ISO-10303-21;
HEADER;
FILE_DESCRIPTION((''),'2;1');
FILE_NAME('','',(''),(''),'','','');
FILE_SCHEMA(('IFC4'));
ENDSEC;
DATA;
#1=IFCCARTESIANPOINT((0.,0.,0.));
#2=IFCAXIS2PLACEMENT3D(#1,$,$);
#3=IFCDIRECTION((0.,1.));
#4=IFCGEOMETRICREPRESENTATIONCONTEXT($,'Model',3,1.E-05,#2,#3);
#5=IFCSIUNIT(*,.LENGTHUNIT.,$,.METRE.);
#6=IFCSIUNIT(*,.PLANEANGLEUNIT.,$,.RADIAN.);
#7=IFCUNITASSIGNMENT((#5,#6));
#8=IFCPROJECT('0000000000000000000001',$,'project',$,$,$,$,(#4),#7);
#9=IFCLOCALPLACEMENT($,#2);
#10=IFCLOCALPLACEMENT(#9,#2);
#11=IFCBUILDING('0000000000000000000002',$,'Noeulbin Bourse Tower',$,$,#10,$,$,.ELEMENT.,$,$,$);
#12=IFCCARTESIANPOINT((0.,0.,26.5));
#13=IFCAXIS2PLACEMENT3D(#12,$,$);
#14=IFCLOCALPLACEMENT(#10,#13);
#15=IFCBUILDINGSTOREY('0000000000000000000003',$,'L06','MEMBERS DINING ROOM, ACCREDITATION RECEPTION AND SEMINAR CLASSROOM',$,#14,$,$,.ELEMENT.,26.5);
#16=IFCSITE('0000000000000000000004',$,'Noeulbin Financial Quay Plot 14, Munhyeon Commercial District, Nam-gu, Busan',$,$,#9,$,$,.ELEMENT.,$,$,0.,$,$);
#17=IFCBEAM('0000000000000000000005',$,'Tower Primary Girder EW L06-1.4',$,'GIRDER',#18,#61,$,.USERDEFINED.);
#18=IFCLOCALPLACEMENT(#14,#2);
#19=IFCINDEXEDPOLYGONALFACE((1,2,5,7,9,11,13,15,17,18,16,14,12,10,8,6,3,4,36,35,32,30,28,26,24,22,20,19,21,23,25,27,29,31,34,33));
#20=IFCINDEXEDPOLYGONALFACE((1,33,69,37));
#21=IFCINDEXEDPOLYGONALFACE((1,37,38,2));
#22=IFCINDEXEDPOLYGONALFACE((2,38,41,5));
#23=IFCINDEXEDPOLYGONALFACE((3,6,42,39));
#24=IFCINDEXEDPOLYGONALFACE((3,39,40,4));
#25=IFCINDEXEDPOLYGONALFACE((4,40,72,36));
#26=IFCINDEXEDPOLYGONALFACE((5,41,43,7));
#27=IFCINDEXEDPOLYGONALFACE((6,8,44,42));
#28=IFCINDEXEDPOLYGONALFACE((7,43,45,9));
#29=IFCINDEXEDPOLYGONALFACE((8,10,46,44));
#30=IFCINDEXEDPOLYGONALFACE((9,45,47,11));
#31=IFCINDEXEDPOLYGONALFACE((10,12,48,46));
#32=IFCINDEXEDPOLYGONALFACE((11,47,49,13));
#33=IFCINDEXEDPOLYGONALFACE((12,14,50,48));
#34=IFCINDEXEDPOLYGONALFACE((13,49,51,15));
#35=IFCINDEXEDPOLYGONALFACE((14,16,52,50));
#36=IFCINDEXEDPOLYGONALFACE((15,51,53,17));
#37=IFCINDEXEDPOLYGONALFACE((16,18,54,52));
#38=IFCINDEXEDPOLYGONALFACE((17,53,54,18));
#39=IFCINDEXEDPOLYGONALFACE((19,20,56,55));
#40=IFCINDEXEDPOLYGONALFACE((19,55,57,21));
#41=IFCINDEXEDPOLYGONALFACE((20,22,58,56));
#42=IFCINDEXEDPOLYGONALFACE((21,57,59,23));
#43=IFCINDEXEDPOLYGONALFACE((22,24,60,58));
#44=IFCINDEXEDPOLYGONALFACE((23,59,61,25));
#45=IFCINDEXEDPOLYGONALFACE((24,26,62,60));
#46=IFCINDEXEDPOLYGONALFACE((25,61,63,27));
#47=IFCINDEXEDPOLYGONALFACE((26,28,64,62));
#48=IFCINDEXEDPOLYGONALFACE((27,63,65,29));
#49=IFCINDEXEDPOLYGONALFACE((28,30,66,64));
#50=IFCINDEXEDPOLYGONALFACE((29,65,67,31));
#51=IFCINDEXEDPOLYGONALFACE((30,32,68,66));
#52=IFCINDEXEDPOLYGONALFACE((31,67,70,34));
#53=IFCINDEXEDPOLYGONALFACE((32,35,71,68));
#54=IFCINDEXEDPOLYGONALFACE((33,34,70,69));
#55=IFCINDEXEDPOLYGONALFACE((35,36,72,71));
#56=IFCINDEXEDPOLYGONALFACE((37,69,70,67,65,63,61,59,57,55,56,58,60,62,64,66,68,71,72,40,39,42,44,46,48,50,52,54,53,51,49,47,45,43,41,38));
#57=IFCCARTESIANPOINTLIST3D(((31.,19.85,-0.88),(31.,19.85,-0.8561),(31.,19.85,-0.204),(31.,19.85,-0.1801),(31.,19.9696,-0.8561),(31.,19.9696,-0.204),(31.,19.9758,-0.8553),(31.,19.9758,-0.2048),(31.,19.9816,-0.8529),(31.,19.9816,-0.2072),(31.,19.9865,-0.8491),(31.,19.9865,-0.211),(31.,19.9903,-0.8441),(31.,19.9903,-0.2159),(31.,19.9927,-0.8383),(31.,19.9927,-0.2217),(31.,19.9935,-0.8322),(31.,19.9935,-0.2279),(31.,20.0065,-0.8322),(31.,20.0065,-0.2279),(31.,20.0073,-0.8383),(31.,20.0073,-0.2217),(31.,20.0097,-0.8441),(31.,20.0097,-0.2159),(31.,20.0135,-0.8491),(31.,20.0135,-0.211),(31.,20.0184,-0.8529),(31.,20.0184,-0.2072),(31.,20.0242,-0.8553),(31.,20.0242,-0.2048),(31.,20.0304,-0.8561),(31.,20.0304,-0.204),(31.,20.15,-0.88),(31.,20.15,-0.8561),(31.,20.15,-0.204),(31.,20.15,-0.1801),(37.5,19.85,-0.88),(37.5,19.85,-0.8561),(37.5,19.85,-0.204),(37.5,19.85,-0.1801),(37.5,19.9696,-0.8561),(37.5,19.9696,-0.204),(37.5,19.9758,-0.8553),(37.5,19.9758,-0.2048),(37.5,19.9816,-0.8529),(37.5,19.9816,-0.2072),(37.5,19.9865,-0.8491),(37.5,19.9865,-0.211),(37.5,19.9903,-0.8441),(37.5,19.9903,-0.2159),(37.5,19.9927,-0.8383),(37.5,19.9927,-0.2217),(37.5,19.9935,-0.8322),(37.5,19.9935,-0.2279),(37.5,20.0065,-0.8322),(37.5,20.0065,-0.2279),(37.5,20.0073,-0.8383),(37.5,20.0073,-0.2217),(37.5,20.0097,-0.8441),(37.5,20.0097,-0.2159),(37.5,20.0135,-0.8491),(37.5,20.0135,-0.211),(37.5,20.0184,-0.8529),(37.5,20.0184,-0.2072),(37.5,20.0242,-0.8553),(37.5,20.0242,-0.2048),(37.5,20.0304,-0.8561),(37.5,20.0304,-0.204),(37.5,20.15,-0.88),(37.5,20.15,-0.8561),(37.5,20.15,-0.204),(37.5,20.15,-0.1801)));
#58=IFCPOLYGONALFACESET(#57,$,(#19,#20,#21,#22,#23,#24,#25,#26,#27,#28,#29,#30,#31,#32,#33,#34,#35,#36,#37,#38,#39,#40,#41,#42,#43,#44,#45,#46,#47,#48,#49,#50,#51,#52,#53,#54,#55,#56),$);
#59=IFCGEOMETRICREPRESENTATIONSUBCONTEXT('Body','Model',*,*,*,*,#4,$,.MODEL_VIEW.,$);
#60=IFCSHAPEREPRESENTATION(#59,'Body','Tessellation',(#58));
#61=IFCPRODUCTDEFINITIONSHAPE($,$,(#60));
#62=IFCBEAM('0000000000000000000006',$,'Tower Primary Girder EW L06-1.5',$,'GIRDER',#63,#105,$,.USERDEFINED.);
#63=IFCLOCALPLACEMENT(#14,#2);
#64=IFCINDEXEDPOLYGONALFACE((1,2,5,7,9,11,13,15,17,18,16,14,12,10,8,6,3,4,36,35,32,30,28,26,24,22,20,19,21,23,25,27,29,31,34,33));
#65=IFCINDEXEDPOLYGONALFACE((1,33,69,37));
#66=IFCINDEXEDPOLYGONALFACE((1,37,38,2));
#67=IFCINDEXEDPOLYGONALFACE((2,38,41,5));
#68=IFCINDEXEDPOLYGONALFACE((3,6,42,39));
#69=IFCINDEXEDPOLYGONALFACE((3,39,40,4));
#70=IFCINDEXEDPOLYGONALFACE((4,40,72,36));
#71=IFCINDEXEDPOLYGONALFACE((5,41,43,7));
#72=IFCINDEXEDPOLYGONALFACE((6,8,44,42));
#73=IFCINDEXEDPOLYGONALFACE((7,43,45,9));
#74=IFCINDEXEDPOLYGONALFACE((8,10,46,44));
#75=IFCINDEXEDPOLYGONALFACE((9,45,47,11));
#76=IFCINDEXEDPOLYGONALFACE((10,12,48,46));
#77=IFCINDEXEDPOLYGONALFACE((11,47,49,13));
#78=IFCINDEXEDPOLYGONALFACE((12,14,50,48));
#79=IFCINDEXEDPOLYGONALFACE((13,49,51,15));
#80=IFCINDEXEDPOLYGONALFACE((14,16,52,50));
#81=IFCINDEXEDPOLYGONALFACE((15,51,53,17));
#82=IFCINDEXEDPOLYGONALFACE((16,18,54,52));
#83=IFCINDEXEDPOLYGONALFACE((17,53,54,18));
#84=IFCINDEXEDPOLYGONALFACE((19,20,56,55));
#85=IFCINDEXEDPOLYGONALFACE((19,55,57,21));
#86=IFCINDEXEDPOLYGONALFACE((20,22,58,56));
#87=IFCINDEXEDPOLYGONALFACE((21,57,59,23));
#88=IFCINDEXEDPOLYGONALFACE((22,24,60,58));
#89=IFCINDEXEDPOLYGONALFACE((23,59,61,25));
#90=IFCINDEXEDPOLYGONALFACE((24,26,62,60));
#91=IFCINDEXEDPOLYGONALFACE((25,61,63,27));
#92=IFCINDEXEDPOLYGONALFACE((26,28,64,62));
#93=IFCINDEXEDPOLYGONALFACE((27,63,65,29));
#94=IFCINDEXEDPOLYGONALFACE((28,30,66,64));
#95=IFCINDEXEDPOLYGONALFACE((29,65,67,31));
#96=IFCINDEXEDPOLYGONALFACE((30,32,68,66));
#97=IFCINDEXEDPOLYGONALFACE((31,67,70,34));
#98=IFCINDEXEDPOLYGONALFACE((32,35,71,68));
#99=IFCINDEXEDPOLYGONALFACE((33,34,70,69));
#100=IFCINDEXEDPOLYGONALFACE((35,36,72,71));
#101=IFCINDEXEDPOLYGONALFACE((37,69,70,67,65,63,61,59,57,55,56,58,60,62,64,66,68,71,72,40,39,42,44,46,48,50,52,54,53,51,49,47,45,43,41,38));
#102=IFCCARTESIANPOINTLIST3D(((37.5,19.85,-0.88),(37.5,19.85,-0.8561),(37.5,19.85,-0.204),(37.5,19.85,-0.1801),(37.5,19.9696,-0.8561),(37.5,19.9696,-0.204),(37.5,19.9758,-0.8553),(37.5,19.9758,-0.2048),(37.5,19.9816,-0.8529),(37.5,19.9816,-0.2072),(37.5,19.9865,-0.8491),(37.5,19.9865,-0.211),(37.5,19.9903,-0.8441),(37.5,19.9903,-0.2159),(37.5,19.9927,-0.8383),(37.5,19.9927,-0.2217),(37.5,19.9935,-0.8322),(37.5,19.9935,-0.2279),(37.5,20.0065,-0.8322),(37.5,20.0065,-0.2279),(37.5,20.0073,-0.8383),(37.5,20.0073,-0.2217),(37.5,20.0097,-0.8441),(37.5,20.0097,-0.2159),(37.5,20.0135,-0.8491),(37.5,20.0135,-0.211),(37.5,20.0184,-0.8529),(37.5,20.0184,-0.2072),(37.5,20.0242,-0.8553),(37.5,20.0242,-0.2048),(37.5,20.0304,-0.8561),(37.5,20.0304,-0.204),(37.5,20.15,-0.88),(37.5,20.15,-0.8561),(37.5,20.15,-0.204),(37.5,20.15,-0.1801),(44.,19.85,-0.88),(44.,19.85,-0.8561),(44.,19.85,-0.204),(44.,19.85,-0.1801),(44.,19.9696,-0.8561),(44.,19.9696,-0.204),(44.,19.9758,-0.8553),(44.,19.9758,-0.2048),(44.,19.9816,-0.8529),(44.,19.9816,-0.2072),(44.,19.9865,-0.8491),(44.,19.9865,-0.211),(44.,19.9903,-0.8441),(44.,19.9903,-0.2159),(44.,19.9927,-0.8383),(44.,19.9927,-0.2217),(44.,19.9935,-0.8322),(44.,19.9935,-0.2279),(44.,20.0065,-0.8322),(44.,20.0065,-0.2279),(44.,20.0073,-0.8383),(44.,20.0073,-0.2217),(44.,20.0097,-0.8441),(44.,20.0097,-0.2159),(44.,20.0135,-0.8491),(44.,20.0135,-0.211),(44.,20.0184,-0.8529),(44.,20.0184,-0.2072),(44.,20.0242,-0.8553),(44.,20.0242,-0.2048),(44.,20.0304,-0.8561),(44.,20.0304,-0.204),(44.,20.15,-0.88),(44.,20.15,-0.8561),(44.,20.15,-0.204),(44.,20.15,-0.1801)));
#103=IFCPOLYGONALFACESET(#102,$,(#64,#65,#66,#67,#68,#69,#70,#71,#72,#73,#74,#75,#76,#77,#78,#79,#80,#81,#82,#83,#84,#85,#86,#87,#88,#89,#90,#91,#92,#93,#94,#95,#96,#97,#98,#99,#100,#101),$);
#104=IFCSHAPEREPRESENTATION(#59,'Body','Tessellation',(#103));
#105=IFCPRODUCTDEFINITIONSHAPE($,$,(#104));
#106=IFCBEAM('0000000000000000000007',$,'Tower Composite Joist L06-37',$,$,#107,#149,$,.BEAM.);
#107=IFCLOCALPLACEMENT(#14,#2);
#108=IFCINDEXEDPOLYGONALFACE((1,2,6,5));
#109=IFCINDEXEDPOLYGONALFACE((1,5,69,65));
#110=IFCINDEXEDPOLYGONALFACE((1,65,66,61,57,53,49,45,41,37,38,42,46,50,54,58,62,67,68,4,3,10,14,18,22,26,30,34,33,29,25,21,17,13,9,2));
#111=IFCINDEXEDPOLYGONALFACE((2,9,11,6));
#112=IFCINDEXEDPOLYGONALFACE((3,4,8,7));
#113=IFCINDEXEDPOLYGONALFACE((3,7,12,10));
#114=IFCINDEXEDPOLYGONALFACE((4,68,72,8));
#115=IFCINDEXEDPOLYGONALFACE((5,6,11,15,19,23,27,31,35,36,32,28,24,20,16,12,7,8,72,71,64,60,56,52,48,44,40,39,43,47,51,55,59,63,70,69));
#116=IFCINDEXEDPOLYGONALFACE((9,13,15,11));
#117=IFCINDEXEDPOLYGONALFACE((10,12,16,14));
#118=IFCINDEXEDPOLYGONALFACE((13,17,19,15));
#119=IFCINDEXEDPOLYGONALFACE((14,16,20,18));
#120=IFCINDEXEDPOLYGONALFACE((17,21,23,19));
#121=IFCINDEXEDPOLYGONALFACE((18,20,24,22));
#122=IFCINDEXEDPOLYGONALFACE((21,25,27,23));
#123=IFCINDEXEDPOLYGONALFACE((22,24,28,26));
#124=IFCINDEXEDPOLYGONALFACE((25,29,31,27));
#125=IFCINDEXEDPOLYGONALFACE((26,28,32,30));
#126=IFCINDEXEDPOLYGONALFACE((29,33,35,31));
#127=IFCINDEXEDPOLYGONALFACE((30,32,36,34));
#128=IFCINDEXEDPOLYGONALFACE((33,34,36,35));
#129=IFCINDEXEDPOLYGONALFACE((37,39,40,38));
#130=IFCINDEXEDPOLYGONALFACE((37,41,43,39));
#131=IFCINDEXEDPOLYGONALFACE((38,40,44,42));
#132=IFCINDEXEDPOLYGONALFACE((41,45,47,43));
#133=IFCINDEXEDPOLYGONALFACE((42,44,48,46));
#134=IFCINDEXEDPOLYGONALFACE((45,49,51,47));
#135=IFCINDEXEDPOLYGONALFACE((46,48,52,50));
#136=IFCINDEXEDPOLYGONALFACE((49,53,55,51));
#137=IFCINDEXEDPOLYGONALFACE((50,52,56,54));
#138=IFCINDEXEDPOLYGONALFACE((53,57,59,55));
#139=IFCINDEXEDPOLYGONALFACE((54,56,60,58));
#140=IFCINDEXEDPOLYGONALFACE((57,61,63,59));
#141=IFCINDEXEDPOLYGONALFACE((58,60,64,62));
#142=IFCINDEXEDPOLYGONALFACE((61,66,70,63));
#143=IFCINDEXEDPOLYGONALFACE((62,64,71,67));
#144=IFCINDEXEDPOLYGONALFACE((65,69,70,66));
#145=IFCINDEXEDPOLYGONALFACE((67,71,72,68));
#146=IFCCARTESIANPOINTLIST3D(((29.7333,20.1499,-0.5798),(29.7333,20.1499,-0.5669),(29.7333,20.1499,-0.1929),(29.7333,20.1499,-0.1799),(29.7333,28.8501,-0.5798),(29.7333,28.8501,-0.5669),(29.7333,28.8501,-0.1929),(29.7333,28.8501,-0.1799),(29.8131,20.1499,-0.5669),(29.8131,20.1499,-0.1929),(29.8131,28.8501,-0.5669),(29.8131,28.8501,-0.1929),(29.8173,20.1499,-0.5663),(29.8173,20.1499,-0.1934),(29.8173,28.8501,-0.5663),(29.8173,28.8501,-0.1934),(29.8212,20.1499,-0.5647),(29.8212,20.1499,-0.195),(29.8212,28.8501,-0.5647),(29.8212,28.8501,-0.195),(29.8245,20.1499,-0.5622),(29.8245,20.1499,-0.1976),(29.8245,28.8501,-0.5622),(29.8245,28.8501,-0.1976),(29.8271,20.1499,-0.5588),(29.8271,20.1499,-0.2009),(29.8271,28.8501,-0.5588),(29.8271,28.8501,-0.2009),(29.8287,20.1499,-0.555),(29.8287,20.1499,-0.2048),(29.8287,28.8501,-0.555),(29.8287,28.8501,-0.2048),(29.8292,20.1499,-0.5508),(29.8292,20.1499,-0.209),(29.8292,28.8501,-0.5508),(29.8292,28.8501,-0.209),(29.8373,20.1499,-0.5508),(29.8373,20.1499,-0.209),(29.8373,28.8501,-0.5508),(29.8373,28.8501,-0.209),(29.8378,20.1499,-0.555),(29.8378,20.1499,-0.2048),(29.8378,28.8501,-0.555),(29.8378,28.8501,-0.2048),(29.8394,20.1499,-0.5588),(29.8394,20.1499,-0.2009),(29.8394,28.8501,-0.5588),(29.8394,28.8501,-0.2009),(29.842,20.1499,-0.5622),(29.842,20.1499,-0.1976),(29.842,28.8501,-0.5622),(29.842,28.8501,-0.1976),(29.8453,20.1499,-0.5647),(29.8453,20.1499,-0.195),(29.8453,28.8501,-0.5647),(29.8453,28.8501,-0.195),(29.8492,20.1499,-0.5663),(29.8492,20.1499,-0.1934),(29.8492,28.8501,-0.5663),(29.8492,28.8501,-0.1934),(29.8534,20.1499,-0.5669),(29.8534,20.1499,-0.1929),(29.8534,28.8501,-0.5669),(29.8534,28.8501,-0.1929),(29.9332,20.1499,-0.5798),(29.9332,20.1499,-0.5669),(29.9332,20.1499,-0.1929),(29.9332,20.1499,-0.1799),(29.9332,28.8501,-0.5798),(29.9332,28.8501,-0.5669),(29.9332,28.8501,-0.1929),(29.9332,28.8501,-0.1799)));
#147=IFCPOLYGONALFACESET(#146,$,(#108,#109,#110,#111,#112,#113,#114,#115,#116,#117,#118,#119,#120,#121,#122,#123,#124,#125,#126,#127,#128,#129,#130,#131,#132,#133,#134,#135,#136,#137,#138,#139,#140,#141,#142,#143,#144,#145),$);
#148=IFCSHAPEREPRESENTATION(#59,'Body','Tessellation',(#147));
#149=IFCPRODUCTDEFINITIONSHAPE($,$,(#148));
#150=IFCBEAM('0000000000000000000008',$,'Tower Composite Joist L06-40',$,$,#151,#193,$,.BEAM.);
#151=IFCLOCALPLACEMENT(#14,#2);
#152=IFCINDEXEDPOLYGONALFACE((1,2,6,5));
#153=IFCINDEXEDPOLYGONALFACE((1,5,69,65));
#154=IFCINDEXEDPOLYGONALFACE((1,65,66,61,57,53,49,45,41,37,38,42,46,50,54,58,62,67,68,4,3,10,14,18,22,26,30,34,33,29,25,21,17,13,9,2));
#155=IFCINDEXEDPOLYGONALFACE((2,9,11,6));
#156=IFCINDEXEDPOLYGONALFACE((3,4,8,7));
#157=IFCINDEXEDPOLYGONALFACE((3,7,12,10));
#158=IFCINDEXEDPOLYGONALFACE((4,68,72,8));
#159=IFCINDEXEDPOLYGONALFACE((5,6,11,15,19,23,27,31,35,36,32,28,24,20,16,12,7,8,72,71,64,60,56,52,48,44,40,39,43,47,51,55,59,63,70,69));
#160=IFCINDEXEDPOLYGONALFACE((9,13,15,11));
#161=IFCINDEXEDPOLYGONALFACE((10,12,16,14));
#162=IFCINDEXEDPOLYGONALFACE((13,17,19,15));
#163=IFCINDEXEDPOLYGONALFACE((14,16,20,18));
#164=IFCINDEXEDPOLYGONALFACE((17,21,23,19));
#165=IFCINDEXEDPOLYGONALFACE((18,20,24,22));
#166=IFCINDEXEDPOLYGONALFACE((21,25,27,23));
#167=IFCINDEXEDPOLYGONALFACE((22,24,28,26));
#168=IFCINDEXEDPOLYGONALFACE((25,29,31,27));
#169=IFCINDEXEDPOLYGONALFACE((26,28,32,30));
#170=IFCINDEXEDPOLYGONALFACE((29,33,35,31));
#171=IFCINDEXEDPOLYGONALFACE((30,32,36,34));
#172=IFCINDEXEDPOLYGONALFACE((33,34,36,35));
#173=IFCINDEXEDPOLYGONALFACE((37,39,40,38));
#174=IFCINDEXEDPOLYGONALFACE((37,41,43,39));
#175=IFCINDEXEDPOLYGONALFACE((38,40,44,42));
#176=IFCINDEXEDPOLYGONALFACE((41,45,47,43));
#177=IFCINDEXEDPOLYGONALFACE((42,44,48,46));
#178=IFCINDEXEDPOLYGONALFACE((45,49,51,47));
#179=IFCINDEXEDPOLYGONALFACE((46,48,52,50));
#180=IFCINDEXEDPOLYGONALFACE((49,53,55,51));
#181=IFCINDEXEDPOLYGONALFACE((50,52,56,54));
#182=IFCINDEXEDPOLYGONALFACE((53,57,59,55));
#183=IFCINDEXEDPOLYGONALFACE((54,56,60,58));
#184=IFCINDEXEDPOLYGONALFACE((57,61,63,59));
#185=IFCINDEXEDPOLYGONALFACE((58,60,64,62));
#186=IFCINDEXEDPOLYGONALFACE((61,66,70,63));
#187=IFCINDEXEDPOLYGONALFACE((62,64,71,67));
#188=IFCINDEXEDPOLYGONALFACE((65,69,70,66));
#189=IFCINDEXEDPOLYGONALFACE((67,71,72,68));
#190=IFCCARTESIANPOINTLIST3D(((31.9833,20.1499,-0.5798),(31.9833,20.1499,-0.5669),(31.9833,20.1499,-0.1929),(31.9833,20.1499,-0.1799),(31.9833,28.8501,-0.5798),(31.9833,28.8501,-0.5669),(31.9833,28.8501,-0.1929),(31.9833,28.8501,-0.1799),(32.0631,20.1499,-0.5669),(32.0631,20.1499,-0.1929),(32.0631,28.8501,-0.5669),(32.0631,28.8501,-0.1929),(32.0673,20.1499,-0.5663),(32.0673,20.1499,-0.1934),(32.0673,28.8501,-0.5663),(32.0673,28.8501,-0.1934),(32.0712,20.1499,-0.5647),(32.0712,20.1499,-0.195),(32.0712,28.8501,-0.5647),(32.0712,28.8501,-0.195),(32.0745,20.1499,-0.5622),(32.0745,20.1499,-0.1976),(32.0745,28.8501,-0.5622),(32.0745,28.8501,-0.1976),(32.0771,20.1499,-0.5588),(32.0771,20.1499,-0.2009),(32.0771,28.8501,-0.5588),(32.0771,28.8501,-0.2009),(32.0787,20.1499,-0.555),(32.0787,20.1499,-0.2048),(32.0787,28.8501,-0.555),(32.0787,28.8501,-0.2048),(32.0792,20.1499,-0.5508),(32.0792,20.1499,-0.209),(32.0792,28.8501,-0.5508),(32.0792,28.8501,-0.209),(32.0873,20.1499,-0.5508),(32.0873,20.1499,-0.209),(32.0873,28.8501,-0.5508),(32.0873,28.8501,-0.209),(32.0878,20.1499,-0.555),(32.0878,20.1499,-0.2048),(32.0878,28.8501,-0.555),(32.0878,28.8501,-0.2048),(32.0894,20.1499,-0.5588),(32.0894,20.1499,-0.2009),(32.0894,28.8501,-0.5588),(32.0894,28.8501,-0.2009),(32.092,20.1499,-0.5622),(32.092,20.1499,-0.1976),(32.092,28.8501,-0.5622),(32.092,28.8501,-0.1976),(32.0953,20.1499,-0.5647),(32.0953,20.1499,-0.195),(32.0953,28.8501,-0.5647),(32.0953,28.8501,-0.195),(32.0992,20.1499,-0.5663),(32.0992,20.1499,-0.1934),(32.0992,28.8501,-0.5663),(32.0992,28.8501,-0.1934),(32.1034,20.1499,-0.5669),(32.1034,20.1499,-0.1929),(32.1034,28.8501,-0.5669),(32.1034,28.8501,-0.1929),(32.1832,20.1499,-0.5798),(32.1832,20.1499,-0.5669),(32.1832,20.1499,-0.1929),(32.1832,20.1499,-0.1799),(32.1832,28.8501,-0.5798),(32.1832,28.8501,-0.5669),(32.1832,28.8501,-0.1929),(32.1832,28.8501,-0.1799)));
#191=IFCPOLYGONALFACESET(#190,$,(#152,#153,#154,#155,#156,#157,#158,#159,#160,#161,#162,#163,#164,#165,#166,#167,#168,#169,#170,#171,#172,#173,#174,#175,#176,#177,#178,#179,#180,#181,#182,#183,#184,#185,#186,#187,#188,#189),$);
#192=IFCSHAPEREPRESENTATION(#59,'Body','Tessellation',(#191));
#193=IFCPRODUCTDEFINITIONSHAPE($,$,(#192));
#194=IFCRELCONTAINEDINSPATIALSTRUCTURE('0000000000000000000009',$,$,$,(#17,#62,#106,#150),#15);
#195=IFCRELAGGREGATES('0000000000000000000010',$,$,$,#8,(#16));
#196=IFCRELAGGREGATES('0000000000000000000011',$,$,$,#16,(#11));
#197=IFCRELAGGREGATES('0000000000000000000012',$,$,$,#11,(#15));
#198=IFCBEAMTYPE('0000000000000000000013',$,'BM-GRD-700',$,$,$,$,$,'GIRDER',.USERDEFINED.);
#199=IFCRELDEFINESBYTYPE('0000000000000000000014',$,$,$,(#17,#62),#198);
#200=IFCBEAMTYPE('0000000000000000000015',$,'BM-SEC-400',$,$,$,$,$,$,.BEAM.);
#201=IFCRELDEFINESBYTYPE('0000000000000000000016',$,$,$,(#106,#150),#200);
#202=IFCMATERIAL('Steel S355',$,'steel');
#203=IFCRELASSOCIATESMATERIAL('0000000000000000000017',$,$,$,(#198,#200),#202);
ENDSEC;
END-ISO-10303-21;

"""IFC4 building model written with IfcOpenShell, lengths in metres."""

from ifc_helpers import new_model, si_unit, direction, frame, origin, origin_2d, place, context, subcontext, project, spatial, i_section, extrude, material, material_profile, profile_set, type_object, element, save


model = new_model("IFC4")

# Units and contexts
model_context = context("Model", 3, precision=1e-05, world=origin(), true_north=direction((0.0, 1.0)))
body_context = subcontext(model_context, "Body", "Model", "MODEL_VIEW")
ifc_project = project(units=[si_unit("LENGTHUNIT", "METRE"), si_unit("PLANEANGLEUNIT", "RADIAN")], contexts=[model_context])

# Site, building, storey
site_placement = place(None, origin())
site = spatial("IfcSite", under=ifc_project, at=site_placement, Name="Noeulbin Financial Quay Plot 14, Munhyeon Commercial District, Nam-gu, Busan", CompositionType="ELEMENT", RefElevation=0.0)
building_placement = place(site_placement, origin())
building = spatial("IfcBuilding", under=site, at=building_placement, Name="Noeulbin Bourse Tower", CompositionType="ELEMENT")
storey_placement = place(building_placement, frame((0.0, 0.0, 26.5)))
storey = spatial("IfcBuildingStorey", under=building, at=storey_placement, Name="L06", Description="MEMBERS DINING ROOM, ACCREDITATION RECEPTION AND SEMINAR CLASSROOM", CompositionType="ELEMENT", Elevation=26.5)

# Beams
ifc_material_1 = material(Name="Steel S355", Category="steel")
ifc_material_profile_1 = material_profile(ifc_material_1, i_section(OverallWidth=0.3, OverallDepth=0.7, WebThickness=0.0129, FlangeThickness=0.0239, FilletRadius=0.0239, at=origin_2d()), Name="H-700x300x13x24", Category="LoadBearing")
ifc_profile_set_1 = profile_set([ifc_material_profile_1], Name="Steel S355")
beam_type_1 = type_object("IfcBeamType", Name="BM-GRD-700", ElementType="GIRDER", PredefinedType="USERDEFINED", material=ifc_profile_set_1)
for number, where, z_axis, x_axis, name in (
    (1, (31.0, 20.0, -0.53), (1.0, 0.0, 0.0), (0.0, 1.0, 0.0), "Tower Primary Girder EW L06-1.4"),
    (2, (37.5, 20.0, -0.53), (1.0, 0.0, 0.0), (0.0, 1.0, 0.0), "Tower Primary Girder EW L06-1.5"),
):
    element("IfcBeam", number, at=place(storey_placement, frame(where, z_axis=z_axis, x_axis=x_axis)), inside=storey, type_object=beam_type_1, Name=name, ObjectType="GIRDER", PredefinedType="USERDEFINED", context=body_context, shape_type="SweptSolid", body=[
        extrude(i_section(OverallWidth=0.3, OverallDepth=0.7, WebThickness=0.0129, FlangeThickness=0.0239, FilletRadius=0.0239, at=origin_2d()), origin(), (0.0, 0.0, 1.0), 6.5),
    ])
ifc_material_profile_2 = material_profile(ifc_material_1, i_section(OverallWidth=0.2, OverallDepth=0.3999, WebThickness=0.0081, FlangeThickness=0.0129, FilletRadius=0.0161, at=origin_2d()), Name="H-400x200x8x13", Category="LoadBearing")
ifc_profile_set_2 = profile_set([ifc_material_profile_2], Name="Steel S355")
beam_type_2 = type_object("IfcBeamType", Name="BM-SEC-400", PredefinedType="BEAM", material=ifc_profile_set_2)
for number, where, z_axis, x_axis, name in (
    (3, (29.8333, 20.1499, -0.3799), (0.0, 1.0, 0.0), (-1.0, 0.0, 0.0), "Tower Composite Joist L06-37"),
    (4, (32.0833, 20.1499, -0.3799), (0.0, 1.0, 0.0), (-1.0, 0.0, 0.0), "Tower Composite Joist L06-40"),
):
    element("IfcBeam", number, at=place(storey_placement, frame(where, z_axis=z_axis, x_axis=x_axis)), inside=storey, type_object=beam_type_2, Name=name, PredefinedType="BEAM", context=body_context, shape_type="SweptSolid", body=[
        extrude(i_section(OverallWidth=0.2, OverallDepth=0.3999, WebThickness=0.0081, FlangeThickness=0.0129, FilletRadius=0.0161, at=origin_2d()), origin(), (0.0, 0.0, 1.0), 8.7002),
    ])

save(model, "model.ifc")
